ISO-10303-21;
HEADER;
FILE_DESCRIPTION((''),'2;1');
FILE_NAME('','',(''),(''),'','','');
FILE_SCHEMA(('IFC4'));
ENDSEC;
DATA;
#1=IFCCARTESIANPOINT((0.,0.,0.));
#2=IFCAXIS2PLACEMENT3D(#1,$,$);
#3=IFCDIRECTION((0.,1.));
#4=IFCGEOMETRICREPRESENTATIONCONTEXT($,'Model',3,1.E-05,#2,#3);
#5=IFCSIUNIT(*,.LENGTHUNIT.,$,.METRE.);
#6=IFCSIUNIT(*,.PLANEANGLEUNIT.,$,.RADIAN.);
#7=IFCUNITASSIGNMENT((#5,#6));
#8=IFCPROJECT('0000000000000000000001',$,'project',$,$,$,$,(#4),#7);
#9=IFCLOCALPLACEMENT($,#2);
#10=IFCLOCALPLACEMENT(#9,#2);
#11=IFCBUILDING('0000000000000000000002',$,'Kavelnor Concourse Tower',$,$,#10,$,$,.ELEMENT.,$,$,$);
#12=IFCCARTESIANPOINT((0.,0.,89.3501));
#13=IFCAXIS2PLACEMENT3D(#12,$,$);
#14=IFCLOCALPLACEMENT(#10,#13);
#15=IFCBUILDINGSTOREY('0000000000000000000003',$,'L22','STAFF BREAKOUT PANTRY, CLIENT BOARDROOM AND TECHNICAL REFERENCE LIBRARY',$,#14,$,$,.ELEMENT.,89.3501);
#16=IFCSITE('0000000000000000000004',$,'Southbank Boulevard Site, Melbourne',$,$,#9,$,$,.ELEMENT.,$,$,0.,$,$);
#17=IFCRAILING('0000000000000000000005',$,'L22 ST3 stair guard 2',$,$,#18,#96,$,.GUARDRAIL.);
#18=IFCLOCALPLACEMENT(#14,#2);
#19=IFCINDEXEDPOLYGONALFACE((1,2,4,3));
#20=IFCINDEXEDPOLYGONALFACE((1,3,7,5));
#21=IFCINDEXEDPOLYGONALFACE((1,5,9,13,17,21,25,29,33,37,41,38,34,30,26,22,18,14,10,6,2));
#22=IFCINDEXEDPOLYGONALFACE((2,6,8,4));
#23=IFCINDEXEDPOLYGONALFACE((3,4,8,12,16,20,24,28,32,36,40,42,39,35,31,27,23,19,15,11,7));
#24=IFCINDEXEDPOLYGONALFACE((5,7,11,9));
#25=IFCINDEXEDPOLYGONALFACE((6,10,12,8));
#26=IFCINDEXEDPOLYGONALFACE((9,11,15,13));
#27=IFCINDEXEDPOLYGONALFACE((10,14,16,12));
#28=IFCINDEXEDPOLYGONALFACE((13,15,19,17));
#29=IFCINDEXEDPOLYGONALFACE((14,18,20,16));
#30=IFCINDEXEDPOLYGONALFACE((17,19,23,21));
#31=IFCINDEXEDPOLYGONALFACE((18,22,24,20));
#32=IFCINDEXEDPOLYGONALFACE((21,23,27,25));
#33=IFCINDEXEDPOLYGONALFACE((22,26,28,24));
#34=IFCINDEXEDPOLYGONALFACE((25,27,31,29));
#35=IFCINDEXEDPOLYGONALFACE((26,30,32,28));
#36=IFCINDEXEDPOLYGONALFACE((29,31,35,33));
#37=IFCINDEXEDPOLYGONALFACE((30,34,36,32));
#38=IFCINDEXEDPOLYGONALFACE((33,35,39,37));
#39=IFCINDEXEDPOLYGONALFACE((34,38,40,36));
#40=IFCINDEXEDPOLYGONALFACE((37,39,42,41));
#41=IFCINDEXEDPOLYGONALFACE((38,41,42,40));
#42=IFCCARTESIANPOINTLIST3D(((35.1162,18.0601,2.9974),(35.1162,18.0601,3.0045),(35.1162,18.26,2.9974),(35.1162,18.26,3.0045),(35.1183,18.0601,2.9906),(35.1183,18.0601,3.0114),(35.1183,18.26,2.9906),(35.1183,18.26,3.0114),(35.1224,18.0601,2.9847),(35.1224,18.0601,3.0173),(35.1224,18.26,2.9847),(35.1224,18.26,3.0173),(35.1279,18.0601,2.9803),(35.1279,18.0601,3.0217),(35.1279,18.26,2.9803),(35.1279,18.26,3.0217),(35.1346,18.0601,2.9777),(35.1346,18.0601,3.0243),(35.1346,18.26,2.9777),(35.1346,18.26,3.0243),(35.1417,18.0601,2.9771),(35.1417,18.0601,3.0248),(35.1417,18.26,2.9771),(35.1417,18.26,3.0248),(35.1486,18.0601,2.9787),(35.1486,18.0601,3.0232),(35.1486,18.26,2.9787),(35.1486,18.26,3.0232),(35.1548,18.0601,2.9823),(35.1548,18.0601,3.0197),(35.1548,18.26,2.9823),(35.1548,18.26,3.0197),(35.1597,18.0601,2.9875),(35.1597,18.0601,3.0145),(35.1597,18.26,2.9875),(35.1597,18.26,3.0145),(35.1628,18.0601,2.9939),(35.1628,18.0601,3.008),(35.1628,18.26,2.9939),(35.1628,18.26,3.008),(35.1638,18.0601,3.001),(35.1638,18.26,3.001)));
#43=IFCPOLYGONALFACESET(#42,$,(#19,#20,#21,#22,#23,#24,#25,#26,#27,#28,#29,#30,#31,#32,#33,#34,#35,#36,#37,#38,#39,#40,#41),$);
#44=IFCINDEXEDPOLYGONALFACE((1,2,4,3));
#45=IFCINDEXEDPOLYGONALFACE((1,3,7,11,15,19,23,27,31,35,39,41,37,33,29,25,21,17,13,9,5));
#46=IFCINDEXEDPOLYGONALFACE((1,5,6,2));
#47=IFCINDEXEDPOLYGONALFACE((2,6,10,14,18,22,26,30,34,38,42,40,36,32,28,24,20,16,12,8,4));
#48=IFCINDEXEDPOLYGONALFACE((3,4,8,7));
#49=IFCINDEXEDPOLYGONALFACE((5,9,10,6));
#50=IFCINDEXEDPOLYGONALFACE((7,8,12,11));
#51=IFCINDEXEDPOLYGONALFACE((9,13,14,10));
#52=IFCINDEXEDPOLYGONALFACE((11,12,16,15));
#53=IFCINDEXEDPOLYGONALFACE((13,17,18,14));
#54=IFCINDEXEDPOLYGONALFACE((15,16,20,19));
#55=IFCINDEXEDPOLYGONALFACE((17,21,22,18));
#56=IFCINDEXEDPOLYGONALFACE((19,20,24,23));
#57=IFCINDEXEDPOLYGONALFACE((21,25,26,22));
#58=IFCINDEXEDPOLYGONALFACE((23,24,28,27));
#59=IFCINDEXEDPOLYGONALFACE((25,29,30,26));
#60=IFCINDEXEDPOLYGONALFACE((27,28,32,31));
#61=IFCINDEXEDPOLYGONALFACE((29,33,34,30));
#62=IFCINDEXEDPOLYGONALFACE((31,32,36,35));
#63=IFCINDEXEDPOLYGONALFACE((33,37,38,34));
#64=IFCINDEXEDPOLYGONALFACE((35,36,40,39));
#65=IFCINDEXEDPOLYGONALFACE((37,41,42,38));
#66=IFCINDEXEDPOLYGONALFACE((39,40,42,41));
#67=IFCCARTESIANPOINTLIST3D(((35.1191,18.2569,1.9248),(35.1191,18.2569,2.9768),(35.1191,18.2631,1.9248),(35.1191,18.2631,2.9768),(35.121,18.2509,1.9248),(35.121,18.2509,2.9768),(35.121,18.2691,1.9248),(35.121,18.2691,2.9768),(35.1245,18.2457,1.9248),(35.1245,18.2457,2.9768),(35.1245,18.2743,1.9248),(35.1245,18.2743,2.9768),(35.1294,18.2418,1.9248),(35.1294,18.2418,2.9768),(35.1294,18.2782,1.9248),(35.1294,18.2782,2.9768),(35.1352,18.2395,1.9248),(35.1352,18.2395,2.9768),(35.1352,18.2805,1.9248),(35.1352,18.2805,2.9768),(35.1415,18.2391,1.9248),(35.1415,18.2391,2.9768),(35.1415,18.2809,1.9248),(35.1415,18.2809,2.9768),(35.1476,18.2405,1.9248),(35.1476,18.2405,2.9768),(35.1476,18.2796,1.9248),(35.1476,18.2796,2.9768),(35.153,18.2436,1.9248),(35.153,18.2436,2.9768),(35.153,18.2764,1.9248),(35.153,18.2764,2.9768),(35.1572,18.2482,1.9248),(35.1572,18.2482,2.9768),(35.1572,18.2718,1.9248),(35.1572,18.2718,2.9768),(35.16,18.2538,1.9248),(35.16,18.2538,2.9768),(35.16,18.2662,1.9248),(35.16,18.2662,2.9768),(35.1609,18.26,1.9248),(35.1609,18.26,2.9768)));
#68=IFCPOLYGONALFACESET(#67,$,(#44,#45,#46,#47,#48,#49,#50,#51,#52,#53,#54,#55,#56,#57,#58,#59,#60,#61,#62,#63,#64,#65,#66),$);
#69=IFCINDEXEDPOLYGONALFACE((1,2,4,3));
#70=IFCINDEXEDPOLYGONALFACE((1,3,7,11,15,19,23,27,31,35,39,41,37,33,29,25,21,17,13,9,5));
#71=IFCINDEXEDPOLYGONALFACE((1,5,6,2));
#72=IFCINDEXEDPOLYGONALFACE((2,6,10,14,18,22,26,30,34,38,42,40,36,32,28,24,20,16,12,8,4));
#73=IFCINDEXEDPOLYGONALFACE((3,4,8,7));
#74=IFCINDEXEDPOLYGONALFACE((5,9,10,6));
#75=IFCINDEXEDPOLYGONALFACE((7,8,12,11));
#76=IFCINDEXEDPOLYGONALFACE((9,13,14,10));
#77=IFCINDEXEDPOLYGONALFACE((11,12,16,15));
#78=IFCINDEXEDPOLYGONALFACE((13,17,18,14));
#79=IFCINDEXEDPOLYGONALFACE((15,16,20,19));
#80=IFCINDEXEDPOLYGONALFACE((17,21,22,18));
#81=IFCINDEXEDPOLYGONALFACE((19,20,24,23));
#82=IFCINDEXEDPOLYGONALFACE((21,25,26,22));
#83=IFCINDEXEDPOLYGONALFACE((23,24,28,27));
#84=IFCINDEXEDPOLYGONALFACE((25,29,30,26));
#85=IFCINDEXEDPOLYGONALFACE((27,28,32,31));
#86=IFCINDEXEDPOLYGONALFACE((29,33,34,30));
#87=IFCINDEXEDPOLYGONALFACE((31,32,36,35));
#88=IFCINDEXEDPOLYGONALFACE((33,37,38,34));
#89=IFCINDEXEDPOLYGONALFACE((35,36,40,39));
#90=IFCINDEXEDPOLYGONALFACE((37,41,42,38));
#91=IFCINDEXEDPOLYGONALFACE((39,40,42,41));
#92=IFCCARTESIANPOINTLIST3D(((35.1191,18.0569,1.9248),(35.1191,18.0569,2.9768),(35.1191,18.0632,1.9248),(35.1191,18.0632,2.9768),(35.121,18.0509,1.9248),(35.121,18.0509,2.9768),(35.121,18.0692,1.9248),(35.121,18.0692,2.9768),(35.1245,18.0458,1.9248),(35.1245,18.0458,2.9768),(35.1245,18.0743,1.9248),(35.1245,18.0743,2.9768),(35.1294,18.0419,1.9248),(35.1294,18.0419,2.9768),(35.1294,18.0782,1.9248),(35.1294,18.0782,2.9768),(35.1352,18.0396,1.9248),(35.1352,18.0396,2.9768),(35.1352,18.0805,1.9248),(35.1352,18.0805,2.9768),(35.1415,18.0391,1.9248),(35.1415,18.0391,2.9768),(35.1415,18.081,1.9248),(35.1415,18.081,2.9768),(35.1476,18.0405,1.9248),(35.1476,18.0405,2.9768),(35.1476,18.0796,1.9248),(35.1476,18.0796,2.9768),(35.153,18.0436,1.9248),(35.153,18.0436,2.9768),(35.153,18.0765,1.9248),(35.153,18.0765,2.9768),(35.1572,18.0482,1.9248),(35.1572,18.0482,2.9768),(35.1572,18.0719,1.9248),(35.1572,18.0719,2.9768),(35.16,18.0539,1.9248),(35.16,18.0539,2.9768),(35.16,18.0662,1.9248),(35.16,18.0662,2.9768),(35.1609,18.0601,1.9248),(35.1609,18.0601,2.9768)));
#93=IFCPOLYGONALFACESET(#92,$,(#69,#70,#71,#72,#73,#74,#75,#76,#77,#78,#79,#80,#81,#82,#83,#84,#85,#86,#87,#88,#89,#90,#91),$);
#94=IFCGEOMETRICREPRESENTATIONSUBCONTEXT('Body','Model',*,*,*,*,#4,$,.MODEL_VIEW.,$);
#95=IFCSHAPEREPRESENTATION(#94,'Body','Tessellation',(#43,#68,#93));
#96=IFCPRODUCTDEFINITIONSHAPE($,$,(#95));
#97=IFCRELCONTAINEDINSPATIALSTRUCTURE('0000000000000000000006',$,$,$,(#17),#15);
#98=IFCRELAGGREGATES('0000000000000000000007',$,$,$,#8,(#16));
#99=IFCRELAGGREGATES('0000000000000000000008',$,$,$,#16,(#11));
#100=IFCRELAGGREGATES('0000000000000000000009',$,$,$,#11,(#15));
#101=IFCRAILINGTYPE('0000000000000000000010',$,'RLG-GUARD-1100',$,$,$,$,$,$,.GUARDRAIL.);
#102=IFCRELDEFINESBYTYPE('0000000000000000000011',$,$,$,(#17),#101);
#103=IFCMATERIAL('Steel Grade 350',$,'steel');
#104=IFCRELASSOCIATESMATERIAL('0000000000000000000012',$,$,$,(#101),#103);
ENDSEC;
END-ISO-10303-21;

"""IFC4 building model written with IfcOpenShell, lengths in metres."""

from ifc_helpers import new_model, si_unit, direction, frame, origin, origin_2d, place, context, subcontext, project, spatial, circle, extrude, material, type_object, element, save


model = new_model("IFC4")

# Units and contexts
model_context = context("Model", 3, precision=1e-05, world=origin(), true_north=direction((0.0, 1.0)))
body_context = subcontext(model_context, "Body", "Model", "MODEL_VIEW")
ifc_project = project(units=[si_unit("LENGTHUNIT", "METRE"), si_unit("PLANEANGLEUNIT", "RADIAN")], contexts=[model_context])

# Site, building, storey
site_placement = place(None, origin())
site = spatial("IfcSite", under=ifc_project, at=site_placement, Name="Southbank Boulevard Site, Melbourne", CompositionType="ELEMENT", RefElevation=0.0)
building_placement = place(site_placement, origin())
building = spatial("IfcBuilding", under=site, at=building_placement, Name="Kavelnor Concourse Tower", CompositionType="ELEMENT")
storey_placement = place(building_placement, frame((0.0, 0.0, 89.3501)))
storey = spatial("IfcBuildingStorey", under=building, at=storey_placement, Name="L22", Description="STAFF BREAKOUT PANTRY, CLIENT BOARDROOM AND TECHNICAL REFERENCE LIBRARY", CompositionType="ELEMENT", Elevation=89.3501)

# Shared definitions
ifc_material_1 = material(Name="Steel Grade 350", Category="steel")

# Railing
railing_type_1 = type_object("IfcRailingType", Name="RLG-GUARD-1100", PredefinedType="GUARDRAIL", material=ifc_material_1)
railing_1_placement = place(storey_placement, frame((35.1399, 18.26, 1.9248)))
element("IfcRailing", 1, at=railing_1_placement, inside=storey, type_object=railing_type_1, Name="L22 ST3 stair guard 2", PredefinedType="GUARDRAIL", context=body_context, shape_type="SweptSolid", body=[
    extrude(circle(Radius=0.0239, at=origin_2d()), frame((0.0, 0.0, 1.0762), z_axis=(0.0, -1.0, 0.0), x_axis=(1.0, 0.0, 0.0)), (0.0, 0.0, 1.0), 0.2),
    extrude(circle(Radius=0.021, at=origin_2d()), origin(), (0.0, 0.0, 1.0), 1.052),
    extrude(circle(Radius=0.021, at=origin_2d()), frame((0.0, -0.2, 0.0)), (0.0, 0.0, 1.0), 1.052),
])

save(model, "model.ifc")
